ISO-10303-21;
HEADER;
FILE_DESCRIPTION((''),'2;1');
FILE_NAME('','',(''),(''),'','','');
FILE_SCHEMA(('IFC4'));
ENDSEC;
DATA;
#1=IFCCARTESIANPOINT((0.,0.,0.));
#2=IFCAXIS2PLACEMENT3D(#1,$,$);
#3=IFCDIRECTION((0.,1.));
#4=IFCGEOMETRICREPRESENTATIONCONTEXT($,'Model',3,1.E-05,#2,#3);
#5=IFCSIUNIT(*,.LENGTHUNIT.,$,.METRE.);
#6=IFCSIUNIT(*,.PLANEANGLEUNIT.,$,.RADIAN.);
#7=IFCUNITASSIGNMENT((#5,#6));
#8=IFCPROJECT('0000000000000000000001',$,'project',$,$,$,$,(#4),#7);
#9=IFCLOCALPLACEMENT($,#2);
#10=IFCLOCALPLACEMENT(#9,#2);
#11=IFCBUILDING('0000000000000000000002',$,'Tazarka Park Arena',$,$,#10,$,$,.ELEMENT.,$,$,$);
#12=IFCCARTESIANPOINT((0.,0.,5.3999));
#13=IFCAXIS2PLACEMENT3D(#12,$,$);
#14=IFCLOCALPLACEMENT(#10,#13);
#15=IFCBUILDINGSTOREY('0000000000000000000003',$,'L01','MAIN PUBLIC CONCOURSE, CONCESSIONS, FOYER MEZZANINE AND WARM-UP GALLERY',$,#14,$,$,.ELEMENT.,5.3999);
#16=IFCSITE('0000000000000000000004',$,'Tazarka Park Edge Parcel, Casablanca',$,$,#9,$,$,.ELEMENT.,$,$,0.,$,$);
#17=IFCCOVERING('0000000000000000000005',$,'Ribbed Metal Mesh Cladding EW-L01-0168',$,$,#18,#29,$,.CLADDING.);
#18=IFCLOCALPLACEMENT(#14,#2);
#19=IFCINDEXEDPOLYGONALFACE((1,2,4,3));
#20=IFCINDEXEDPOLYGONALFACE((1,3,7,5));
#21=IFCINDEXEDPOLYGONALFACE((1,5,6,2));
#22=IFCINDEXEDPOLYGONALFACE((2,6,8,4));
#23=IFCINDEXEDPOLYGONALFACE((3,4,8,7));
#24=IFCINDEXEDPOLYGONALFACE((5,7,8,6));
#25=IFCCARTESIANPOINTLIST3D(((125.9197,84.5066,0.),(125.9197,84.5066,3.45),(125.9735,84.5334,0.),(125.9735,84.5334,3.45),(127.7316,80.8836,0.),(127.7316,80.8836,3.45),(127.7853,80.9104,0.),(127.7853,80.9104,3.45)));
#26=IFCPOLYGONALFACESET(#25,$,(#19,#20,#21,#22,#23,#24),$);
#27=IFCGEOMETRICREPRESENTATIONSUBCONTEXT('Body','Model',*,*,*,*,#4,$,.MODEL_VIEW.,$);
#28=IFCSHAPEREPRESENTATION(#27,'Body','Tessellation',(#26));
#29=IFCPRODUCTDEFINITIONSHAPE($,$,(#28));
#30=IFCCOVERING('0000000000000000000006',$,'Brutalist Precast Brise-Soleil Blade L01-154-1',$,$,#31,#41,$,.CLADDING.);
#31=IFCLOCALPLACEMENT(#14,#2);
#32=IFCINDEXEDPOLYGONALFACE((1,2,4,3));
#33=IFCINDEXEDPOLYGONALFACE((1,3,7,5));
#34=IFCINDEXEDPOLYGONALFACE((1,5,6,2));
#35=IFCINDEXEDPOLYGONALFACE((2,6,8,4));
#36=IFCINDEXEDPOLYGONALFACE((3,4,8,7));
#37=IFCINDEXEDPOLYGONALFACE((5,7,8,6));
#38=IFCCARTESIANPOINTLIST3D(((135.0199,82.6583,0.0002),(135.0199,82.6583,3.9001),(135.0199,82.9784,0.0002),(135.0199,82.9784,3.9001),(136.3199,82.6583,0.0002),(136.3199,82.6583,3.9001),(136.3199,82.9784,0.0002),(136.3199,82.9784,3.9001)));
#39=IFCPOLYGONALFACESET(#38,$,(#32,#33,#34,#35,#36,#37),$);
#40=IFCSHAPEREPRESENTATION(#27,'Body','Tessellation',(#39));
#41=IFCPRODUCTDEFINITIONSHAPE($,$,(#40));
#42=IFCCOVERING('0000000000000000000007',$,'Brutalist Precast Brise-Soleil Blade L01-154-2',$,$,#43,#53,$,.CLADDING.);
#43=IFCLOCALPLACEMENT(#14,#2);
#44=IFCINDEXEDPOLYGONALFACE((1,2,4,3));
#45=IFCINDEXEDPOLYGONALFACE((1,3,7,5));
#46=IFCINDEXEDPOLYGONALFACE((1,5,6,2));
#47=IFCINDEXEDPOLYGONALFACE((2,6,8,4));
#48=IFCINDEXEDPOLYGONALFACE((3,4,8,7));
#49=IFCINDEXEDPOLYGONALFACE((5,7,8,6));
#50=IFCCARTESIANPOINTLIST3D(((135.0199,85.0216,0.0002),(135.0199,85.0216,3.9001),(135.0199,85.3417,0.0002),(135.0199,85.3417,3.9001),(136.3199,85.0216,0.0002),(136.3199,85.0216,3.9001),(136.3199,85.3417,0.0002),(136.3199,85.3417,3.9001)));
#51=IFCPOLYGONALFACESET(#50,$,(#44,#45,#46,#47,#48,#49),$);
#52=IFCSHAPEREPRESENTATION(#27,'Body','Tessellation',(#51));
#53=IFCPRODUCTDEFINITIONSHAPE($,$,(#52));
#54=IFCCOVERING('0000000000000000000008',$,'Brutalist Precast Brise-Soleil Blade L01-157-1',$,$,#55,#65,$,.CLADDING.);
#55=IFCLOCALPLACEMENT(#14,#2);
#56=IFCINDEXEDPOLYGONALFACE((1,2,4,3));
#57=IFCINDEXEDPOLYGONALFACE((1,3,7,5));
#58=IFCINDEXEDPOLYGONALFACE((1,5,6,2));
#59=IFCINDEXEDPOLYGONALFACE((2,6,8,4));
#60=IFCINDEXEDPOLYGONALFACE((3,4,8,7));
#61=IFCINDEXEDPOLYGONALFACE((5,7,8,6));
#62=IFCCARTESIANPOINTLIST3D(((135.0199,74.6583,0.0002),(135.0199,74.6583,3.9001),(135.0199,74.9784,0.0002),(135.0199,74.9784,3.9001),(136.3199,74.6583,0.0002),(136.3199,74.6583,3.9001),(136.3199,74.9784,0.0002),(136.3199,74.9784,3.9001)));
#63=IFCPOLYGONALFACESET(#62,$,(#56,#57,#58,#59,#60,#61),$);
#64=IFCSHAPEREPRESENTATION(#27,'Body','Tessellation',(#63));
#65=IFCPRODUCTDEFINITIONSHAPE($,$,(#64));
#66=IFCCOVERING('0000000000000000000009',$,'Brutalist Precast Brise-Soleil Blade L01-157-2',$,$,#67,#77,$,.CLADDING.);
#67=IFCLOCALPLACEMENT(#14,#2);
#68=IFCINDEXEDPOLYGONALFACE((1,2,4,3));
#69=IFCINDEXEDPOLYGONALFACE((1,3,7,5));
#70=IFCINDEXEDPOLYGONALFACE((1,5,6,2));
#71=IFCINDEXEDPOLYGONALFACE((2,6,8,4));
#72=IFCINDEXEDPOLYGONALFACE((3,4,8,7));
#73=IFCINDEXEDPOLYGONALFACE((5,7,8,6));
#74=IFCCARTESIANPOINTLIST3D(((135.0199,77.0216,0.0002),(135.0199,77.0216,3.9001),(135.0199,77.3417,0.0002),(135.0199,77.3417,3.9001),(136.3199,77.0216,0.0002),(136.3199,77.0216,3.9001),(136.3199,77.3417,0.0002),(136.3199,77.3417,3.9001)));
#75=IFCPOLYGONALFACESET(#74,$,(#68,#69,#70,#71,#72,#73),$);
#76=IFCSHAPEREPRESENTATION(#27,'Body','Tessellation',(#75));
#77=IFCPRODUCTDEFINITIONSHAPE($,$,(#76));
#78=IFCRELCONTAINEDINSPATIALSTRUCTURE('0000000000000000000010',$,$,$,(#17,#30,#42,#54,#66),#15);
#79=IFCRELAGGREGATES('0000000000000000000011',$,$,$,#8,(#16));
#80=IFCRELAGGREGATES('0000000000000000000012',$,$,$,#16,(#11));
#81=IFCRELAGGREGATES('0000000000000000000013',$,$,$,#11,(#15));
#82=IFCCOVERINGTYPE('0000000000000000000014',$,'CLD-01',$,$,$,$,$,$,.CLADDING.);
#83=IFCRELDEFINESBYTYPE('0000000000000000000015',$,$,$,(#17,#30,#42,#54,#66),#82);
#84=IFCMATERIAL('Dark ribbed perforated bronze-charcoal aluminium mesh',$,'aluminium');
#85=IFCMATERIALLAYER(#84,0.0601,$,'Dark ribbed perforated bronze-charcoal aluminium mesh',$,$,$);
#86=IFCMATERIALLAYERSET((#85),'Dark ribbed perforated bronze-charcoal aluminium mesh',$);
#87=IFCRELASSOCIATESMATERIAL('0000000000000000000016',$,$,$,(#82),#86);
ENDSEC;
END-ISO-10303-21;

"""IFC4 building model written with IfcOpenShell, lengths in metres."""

from ifc_helpers import new_model, si_unit, direction, frame, origin, origin_2d, place, context, subcontext, project, spatial, rectangle, extrude, material, layer, layer_set, type_object, element, save


model = new_model("IFC4")

# Units and contexts
model_context = context("Model", 3, precision=1e-05, world=origin(), true_north=direction((0.0, 1.0)))
body_context = subcontext(model_context, "Body", "Model", "MODEL_VIEW")
ifc_project = project(units=[si_unit("LENGTHUNIT", "METRE"), si_unit("PLANEANGLEUNIT", "RADIAN")], contexts=[model_context])

# Site, building, storey
site_placement = place(None, origin())
site = spatial("IfcSite", under=ifc_project, at=site_placement, Name="Tazarka Park Edge Parcel, Casablanca", CompositionType="ELEMENT", RefElevation=0.0)
building_placement = place(site_placement, origin())
building = spatial("IfcBuilding", under=site, at=building_placement, Name="Tazarka Park Arena", CompositionType="ELEMENT")
storey_placement = place(building_placement, frame((0.0, 0.0, 5.3999)))
storey = spatial("IfcBuildingStorey", under=building, at=storey_placement, Name="L01", Description="MAIN PUBLIC CONCOURSE, CONCESSIONS, FOYER MEZZANINE AND WARM-UP GALLERY", CompositionType="ELEMENT", Elevation=5.3999)

# Coverings
ifc_material_1 = material(Name="Dark ribbed perforated bronze-charcoal aluminium mesh", Category="aluminium")
ifc_layer_1 = layer(ifc_material_1, 0.0601, Name="Dark ribbed perforated bronze-charcoal aluminium mesh")
ifc_layer_set_1 = layer_set([ifc_layer_1], Name="Dark ribbed perforated bronze-charcoal aluminium mesh")
covering_type = type_object("IfcCoveringType", Name="CLD-01", PredefinedType="CLADDING", material=ifc_layer_set_1)
covering_1_placement = place(storey_placement, frame((126.8525, 82.7085, 0.0), z_axis=(0.0, 0.0, 1.0), x_axis=(0.447291, -0.894389, 0.0)))
element("IfcCovering", 1, at=covering_1_placement, inside=storey, type_object=covering_type, Name="Ribbed Metal Mesh Cladding EW-L01-0168", PredefinedType="CLADDING", context=body_context, shape_type="SweptSolid", body=[
    extrude(rectangle(XDim=4.0508, YDim=0.0601, at=origin_2d()), origin(), (0.0, 0.0, 1.0), 3.45),
])
for number, where, z_axis, x_axis, name in (
    (2, (135.6699, 82.8184, 0.0002), (0.0, 0.0, 1.0), (0.0, 1.0, 0.0), "Brutalist Precast Brise-Soleil Blade L01-154-1"),
    (3, (135.6699, 85.1816, 0.0002), (0.0, 0.0, 1.0), (0.0, 1.0, 0.0), "Brutalist Precast Brise-Soleil Blade L01-154-2"),
    (4, (135.6699, 74.8184, 0.0002), (0.0, 0.0, 1.0), (0.0, 1.0, 0.0), "Brutalist Precast Brise-Soleil Blade L01-157-1"),
    (5, (135.6699, 77.1816, 0.0002), (0.0, 0.0, 1.0), (0.0, 1.0, 0.0), "Brutalist Precast Brise-Soleil Blade L01-157-2"),
):
    element("IfcCovering", number, at=place(storey_placement, frame(where, z_axis=z_axis, x_axis=x_axis)), inside=storey, type_object=covering_type, Name=name, PredefinedType="CLADDING", context=body_context, shape_type="SweptSolid", body=[
        extrude(rectangle(XDim=0.3201, YDim=1.3, at=origin_2d()), origin(), (0.0, 0.0, 1.0), 3.8999),
    ])

save(model, "model.ifc")
